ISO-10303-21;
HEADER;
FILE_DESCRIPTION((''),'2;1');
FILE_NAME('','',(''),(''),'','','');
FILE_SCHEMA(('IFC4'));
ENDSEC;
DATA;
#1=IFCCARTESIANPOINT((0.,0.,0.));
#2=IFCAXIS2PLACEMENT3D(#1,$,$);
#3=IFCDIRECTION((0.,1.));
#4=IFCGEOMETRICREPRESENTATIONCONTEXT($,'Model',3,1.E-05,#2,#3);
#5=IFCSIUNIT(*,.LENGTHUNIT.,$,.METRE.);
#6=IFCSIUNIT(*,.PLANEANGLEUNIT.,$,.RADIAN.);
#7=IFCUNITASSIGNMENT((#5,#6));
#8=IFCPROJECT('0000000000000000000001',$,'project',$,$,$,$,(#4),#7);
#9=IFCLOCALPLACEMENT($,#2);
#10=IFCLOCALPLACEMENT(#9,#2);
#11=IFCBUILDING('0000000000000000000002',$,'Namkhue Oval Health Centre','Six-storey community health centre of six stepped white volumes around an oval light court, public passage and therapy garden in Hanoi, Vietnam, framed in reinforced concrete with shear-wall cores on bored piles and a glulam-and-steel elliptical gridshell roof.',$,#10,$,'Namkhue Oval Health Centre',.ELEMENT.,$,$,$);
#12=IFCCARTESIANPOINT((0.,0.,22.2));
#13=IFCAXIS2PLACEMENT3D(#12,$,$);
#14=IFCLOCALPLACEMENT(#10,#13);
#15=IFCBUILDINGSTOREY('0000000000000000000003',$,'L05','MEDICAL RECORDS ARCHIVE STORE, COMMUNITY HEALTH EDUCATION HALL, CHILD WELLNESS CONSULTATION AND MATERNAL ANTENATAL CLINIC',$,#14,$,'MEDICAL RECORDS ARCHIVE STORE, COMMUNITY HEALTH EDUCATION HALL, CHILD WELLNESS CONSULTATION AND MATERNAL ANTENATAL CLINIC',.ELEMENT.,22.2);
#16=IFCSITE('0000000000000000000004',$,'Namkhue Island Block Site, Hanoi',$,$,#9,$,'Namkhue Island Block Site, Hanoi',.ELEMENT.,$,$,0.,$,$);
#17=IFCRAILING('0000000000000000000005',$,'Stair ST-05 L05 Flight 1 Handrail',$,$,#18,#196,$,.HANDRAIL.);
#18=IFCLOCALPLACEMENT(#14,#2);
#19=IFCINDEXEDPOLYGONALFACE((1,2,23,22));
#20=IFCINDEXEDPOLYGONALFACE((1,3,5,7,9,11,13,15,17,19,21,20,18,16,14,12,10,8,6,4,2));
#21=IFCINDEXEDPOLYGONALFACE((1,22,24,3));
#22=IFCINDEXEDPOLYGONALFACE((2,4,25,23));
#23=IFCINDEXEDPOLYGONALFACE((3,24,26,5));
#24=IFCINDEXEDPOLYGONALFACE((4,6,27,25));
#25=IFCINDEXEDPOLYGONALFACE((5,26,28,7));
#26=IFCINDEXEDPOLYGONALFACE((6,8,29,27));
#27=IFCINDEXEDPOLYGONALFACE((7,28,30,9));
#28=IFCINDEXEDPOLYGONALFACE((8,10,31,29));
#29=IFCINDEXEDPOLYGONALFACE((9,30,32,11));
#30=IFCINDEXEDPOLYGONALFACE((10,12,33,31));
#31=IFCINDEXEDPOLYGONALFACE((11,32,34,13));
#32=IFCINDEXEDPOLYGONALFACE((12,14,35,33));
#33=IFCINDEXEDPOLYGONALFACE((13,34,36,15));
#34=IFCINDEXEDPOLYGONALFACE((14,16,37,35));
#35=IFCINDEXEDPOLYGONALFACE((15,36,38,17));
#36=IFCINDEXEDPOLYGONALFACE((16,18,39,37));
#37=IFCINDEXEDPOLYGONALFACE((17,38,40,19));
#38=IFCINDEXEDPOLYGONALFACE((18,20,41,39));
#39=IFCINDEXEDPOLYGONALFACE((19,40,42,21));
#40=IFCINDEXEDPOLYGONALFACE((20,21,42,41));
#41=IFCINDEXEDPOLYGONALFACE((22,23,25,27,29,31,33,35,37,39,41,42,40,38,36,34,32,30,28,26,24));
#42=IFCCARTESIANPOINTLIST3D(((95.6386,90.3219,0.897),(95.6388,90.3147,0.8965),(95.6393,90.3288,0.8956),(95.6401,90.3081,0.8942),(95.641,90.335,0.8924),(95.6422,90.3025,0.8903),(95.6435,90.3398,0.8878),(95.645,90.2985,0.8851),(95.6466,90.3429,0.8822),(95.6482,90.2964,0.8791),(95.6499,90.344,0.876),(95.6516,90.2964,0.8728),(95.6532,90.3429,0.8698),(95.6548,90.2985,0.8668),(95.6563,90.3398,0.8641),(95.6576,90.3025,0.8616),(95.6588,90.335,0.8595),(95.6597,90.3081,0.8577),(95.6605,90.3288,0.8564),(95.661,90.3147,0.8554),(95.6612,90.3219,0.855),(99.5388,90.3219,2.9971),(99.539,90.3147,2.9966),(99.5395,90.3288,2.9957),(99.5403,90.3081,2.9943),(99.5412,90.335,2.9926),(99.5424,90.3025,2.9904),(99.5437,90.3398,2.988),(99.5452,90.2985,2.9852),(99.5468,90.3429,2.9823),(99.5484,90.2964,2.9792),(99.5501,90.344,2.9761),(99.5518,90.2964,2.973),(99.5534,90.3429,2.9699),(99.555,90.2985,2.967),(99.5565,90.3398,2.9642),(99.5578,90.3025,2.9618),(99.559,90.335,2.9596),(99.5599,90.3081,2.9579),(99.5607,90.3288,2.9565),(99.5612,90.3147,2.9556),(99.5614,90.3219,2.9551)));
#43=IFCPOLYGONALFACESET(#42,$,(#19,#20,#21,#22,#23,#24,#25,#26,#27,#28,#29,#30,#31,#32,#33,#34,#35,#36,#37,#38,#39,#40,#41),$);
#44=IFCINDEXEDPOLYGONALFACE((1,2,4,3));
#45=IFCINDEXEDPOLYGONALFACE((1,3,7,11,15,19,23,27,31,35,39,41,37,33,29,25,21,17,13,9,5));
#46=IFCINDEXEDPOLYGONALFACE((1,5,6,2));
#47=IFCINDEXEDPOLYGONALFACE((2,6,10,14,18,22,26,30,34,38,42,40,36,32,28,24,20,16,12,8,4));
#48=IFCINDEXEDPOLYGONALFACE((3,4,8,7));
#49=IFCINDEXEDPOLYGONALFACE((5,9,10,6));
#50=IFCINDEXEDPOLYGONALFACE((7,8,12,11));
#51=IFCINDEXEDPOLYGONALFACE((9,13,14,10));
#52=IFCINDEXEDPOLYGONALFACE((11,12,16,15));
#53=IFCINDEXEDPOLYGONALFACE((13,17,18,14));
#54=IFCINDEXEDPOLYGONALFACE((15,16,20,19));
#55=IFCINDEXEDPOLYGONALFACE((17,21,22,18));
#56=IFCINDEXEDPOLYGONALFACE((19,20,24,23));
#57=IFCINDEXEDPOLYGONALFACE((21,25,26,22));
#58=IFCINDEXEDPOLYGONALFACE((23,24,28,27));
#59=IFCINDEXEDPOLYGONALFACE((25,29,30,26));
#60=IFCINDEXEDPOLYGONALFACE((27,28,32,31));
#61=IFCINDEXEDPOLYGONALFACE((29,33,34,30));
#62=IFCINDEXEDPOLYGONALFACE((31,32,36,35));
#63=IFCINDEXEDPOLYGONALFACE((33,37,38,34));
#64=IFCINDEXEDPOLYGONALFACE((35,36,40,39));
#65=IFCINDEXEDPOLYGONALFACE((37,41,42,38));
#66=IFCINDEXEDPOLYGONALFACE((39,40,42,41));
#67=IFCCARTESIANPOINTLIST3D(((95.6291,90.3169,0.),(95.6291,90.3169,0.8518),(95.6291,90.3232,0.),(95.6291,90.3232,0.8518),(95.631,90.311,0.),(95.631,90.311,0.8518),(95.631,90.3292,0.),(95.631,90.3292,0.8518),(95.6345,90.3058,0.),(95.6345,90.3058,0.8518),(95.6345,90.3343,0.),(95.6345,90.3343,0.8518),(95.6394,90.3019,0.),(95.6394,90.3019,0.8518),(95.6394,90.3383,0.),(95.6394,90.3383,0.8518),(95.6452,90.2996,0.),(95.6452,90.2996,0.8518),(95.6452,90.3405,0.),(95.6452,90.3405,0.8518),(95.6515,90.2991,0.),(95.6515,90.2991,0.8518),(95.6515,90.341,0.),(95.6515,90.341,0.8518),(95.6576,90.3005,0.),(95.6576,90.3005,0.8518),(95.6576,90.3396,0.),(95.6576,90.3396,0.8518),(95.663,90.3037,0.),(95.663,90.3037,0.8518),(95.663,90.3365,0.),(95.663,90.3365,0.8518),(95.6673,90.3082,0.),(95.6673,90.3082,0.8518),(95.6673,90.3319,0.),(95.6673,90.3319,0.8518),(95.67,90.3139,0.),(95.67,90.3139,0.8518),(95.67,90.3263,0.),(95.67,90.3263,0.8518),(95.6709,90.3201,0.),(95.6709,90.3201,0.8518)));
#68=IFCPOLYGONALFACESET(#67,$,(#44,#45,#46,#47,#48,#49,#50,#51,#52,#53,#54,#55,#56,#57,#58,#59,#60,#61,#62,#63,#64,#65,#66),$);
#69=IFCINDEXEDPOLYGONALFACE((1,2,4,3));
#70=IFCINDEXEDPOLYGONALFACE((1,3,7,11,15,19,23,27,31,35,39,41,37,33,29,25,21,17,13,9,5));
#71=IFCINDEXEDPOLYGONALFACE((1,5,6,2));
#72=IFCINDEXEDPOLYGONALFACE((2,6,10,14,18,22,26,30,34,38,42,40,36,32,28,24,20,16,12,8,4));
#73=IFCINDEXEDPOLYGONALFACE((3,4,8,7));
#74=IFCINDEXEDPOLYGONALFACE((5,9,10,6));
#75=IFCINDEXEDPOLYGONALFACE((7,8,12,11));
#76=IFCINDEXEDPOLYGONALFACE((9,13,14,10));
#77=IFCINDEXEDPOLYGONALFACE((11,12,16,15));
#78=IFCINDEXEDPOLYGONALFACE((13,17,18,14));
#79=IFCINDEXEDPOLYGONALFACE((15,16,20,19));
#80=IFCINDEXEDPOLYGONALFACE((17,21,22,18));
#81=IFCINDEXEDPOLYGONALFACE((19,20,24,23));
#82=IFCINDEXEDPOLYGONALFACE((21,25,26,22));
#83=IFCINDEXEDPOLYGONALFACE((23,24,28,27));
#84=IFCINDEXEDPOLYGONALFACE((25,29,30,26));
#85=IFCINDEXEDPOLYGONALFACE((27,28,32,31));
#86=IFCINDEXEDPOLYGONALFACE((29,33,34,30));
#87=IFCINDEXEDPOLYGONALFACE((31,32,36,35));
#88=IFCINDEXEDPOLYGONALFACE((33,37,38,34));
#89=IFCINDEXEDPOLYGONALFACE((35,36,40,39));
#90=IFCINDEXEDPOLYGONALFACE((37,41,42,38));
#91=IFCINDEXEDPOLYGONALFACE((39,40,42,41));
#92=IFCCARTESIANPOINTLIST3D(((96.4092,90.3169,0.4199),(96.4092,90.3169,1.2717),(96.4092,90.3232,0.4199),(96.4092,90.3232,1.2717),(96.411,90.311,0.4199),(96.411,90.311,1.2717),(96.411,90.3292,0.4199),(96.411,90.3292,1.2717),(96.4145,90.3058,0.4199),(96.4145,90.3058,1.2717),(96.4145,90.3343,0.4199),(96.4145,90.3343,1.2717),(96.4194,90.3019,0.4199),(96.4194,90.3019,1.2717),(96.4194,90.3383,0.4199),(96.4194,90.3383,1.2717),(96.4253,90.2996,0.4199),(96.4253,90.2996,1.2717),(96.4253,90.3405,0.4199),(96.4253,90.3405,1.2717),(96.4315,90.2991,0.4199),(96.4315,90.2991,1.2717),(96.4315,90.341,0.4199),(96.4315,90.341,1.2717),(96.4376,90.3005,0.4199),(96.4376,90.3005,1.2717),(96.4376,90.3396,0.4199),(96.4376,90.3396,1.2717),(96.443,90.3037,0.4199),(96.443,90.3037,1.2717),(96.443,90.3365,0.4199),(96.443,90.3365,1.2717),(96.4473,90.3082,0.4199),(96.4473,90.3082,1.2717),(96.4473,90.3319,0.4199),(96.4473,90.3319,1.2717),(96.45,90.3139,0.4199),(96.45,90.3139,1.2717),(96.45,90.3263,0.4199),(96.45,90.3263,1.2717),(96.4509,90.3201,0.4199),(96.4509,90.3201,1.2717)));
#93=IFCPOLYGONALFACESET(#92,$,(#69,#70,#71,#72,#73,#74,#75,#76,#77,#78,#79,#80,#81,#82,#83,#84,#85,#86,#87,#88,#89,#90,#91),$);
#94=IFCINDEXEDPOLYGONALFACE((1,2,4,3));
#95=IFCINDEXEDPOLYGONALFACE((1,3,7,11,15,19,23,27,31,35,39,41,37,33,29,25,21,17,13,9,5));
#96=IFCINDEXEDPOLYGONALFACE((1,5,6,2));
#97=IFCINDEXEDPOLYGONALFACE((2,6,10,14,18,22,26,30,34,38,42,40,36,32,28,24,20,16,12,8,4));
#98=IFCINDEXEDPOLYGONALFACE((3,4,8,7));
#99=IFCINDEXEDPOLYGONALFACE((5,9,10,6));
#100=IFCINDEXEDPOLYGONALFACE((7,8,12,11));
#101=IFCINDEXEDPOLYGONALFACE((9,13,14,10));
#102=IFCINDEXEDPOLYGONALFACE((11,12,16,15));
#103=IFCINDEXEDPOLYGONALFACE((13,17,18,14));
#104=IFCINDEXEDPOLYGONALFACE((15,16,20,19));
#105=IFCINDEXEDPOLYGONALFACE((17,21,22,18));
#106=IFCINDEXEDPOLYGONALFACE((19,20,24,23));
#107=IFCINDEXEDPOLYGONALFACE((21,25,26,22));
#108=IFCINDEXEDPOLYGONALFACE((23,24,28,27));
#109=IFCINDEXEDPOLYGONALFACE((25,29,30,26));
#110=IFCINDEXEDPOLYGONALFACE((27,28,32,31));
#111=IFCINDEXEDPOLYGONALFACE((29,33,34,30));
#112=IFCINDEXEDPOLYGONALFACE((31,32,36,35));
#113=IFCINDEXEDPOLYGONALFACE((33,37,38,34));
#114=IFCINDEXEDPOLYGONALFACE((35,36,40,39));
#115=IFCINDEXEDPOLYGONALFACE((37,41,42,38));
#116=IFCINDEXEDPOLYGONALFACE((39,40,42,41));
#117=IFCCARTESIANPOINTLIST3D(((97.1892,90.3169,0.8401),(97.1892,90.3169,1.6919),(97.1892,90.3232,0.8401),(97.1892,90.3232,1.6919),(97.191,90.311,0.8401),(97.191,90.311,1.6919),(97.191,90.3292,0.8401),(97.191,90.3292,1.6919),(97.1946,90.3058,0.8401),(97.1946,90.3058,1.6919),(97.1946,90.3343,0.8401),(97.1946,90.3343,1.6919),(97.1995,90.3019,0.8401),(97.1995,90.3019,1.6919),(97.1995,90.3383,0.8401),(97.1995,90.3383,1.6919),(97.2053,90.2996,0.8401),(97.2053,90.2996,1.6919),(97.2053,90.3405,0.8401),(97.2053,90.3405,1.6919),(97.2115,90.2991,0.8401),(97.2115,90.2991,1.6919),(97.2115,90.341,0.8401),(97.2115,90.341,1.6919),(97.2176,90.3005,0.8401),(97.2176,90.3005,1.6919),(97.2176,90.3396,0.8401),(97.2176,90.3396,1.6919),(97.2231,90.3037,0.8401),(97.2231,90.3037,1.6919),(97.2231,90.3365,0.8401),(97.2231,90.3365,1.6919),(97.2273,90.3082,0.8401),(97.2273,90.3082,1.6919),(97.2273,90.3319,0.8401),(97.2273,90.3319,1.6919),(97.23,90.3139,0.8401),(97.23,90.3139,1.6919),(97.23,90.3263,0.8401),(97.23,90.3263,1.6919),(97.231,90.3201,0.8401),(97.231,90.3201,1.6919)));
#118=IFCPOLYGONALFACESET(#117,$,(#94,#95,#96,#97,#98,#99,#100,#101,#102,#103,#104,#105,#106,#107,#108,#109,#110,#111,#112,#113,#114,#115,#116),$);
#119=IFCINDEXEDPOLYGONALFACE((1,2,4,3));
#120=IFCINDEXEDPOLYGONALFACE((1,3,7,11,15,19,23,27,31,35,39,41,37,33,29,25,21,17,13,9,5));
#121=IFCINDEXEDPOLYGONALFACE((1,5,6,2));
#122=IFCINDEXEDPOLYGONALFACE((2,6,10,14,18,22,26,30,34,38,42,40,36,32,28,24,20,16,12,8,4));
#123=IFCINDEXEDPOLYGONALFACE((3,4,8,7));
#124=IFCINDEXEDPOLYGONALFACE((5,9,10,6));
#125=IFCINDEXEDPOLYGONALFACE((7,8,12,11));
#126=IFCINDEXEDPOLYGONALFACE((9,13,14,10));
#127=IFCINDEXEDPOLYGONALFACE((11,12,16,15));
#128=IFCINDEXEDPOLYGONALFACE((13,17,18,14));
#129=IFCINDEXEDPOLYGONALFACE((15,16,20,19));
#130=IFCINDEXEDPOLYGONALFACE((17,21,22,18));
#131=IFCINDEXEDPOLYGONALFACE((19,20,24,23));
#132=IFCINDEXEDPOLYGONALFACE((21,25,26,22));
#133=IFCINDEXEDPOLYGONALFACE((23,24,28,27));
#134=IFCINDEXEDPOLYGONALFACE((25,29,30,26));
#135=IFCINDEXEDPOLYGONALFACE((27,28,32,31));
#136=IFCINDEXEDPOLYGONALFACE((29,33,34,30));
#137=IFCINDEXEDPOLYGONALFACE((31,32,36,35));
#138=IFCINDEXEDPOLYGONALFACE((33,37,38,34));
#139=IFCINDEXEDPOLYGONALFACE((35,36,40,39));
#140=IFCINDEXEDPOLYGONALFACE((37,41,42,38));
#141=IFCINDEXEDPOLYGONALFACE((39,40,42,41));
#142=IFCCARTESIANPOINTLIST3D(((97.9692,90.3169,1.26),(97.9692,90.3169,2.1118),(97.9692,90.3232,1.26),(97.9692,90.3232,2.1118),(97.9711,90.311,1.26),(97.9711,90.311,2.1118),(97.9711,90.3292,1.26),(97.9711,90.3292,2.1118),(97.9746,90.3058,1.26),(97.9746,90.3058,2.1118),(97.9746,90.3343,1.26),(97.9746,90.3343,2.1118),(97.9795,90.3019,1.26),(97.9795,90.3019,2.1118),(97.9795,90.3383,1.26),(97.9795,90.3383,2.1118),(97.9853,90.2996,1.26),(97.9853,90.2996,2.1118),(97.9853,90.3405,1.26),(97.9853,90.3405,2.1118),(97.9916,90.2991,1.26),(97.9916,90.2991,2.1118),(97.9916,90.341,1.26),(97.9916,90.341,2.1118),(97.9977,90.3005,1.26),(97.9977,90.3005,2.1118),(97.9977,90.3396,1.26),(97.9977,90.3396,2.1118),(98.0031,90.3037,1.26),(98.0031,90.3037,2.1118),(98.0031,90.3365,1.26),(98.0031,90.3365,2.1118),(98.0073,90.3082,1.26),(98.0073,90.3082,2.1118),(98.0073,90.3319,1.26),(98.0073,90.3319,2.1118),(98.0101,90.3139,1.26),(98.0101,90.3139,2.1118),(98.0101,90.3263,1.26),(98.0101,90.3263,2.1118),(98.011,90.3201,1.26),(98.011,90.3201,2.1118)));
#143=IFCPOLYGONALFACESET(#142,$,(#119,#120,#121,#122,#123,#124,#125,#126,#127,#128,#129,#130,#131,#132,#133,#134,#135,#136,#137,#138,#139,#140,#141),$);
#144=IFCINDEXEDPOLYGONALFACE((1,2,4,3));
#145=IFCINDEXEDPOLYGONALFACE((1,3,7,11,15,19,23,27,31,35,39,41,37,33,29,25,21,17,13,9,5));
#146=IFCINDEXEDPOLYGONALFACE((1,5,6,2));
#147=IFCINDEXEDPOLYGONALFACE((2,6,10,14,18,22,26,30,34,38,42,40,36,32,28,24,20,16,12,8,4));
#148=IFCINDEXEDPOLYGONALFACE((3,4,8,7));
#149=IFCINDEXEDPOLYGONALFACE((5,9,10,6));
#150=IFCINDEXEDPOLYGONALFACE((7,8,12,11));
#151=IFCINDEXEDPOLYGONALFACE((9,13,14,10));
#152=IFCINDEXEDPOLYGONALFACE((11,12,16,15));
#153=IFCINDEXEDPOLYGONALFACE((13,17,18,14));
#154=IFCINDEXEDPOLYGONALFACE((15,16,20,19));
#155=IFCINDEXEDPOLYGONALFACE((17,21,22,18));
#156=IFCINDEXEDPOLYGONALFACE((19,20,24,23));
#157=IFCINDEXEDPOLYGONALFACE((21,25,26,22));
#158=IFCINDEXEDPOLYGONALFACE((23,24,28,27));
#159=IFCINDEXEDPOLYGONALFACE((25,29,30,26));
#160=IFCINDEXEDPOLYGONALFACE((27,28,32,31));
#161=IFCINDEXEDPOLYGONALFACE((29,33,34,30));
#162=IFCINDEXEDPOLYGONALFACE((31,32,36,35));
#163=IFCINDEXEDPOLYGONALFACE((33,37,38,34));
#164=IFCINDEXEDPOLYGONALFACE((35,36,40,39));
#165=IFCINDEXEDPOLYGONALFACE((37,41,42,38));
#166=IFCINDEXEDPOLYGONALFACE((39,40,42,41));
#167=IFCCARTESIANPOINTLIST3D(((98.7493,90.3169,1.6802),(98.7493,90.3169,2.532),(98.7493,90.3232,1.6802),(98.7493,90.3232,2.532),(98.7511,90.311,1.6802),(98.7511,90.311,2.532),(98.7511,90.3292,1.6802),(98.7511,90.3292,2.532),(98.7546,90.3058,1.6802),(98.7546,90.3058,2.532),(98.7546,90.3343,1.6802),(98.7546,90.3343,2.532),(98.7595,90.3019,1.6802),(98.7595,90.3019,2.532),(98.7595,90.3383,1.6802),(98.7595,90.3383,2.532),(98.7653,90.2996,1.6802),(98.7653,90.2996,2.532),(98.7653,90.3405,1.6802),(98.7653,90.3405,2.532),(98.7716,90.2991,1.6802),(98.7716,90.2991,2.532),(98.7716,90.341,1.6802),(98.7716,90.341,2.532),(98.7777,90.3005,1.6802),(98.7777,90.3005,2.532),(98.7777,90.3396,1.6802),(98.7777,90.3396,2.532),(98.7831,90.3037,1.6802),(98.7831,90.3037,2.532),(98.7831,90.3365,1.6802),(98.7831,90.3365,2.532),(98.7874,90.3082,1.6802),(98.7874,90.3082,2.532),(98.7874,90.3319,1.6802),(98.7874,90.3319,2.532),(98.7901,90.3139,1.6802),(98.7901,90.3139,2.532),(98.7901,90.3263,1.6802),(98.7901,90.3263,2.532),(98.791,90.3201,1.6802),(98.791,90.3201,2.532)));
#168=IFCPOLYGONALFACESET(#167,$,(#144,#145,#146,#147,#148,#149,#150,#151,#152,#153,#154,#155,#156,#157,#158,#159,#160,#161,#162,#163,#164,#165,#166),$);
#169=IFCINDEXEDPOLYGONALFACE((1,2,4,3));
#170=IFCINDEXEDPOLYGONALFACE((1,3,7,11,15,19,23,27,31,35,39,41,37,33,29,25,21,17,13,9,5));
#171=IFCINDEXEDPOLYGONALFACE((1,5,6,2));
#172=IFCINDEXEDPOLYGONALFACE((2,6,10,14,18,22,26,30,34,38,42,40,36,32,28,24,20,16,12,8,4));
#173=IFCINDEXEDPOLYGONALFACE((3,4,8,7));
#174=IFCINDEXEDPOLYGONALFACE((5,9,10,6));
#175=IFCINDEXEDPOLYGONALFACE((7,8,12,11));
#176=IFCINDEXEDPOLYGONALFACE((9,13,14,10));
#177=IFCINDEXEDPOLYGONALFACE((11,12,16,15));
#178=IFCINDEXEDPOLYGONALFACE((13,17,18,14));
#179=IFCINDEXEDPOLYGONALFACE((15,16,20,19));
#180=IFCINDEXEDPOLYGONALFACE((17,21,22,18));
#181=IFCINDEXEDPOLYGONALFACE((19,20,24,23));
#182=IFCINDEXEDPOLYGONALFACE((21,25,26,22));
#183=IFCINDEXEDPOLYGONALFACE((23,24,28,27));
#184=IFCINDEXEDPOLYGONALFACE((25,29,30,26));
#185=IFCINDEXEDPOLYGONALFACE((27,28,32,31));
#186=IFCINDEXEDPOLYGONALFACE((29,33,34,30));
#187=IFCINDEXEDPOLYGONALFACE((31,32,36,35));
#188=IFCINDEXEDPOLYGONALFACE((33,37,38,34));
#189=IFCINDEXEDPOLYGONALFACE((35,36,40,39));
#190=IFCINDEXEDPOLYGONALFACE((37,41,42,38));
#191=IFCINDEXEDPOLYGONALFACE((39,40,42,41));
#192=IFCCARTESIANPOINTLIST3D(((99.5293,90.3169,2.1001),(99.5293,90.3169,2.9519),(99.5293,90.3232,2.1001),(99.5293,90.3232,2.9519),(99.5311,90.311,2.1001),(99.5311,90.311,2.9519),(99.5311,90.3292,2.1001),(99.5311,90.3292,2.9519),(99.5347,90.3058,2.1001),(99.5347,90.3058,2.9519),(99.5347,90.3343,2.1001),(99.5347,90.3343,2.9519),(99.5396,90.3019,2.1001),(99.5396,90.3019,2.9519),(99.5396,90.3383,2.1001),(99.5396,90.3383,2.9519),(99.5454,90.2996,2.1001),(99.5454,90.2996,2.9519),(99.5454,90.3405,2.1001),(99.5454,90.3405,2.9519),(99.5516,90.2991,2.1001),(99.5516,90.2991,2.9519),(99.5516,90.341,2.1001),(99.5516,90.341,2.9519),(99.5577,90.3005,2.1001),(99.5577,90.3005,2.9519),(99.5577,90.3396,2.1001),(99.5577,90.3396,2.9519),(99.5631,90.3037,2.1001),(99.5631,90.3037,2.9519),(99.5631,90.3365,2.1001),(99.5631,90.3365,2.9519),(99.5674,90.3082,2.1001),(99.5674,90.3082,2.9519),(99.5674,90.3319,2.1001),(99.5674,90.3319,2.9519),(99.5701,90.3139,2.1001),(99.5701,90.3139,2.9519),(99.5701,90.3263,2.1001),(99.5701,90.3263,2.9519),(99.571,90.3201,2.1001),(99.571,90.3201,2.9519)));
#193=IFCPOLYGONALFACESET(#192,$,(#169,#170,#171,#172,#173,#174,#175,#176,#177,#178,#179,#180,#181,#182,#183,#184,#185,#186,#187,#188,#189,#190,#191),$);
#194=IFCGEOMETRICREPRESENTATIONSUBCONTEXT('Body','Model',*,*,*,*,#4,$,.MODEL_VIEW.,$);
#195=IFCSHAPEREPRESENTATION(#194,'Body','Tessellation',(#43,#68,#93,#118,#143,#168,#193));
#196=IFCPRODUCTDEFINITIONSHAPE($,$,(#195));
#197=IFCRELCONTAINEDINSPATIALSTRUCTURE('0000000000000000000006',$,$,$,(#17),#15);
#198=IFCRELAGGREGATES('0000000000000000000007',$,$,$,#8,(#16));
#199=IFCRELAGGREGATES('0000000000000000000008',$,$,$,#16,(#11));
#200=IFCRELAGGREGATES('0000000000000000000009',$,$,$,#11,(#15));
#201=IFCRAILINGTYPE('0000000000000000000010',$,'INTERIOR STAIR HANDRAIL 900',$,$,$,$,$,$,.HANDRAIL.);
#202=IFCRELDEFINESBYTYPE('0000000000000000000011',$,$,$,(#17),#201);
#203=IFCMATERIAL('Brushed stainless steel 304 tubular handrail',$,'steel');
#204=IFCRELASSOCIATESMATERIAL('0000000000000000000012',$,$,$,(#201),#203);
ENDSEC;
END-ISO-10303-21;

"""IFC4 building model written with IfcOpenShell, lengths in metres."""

from ifc_helpers import new_model, si_unit, direction, frame, origin, origin_2d, place, context, subcontext, project, spatial, circle, extrude, material, type_object, element, save


model = new_model("IFC4")

# Units and contexts
model_context = context("Model", 3, precision=1e-05, world=origin(), true_north=direction((0.0, 1.0)))
body_context = subcontext(model_context, "Body", "Model", "MODEL_VIEW")
ifc_project = project(units=[si_unit("LENGTHUNIT", "METRE"), si_unit("PLANEANGLEUNIT", "RADIAN")], contexts=[model_context])

# Site, building, storey
site_placement = place(None, origin())
site = spatial("IfcSite", under=ifc_project, at=site_placement, Name="Namkhue Island Block Site, Hanoi", LongName="Namkhue Island Block Site, Hanoi", CompositionType="ELEMENT", RefElevation=0.0)
building_placement = place(site_placement, origin())
building = spatial("IfcBuilding", under=site, at=building_placement, Name="Namkhue Oval Health Centre", Description="Six-storey community health centre of six stepped white volumes around an oval light court, public passage and therapy garden in Hanoi, Vietnam, framed in reinforced concrete with shear-wall cores on bored piles and a glulam-and-steel elliptical gridshell roof.", LongName="Namkhue Oval Health Centre", CompositionType="ELEMENT")
storey_placement = place(building_placement, frame((0.0, 0.0, 22.2)))
storey = spatial("IfcBuildingStorey", under=building, at=storey_placement, Name="L05", Description="MEDICAL RECORDS ARCHIVE STORE, COMMUNITY HEALTH EDUCATION HALL, CHILD WELLNESS CONSULTATION AND MATERNAL ANTENATAL CLINIC", LongName="MEDICAL RECORDS ARCHIVE STORE, COMMUNITY HEALTH EDUCATION HALL, CHILD WELLNESS CONSULTATION AND MATERNAL ANTENATAL CLINIC", CompositionType="ELEMENT", Elevation=22.2)

# Railing
ifc_material_1 = material(Name="Brushed stainless steel 304 tubular handrail", Category="steel")
railing_type_1 = type_object("IfcRailingType", Name="INTERIOR STAIR HANDRAIL 900", PredefinedType="HANDRAIL", material=ifc_material_1)
railing_1_placement = place(storey_placement, frame((95.6499, 90.3201, 0.0)))
element("IfcRailing", 1, at=railing_1_placement, inside=storey, type_object=railing_type_1, Name="Stair ST-05 L05 Flight 1 Handrail", PredefinedType="HANDRAIL", context=body_context, shape_type="SweptSolid", body=[
    extrude(circle(Radius=0.0239, at=origin_2d()), frame((0.0, 0.0, 0.876), z_axis=(0.880469, 0.0, 0.474103), x_axis=(0.0, 1.0, 0.0)), (0.0, 0.0, 1.0), 4.4297),
    extrude(circle(Radius=0.021, at=origin_2d()), origin(), (0.0, 0.0, 1.0), 0.8518),
    extrude(circle(Radius=0.021, at=origin_2d()), frame((0.78, 0.0, 0.4199)), (0.0, 0.0, 1.0), 0.8518),
    extrude(circle(Radius=0.021, at=origin_2d()), frame((1.5601, 0.0, 0.8401)), (0.0, 0.0, 1.0), 0.8518),
    extrude(circle(Radius=0.021, at=origin_2d()), frame((2.3401, 0.0, 1.26)), (0.0, 0.0, 1.0), 0.8518),
    extrude(circle(Radius=0.021, at=origin_2d()), frame((3.1201, 0.0, 1.6802)), (0.0, 0.0, 1.0), 0.8518),
    extrude(circle(Radius=0.021, at=origin_2d()), frame((3.9001, 0.0, 2.1001)), (0.0, 0.0, 1.0), 0.8518),
])

save(model, "model.ifc")
